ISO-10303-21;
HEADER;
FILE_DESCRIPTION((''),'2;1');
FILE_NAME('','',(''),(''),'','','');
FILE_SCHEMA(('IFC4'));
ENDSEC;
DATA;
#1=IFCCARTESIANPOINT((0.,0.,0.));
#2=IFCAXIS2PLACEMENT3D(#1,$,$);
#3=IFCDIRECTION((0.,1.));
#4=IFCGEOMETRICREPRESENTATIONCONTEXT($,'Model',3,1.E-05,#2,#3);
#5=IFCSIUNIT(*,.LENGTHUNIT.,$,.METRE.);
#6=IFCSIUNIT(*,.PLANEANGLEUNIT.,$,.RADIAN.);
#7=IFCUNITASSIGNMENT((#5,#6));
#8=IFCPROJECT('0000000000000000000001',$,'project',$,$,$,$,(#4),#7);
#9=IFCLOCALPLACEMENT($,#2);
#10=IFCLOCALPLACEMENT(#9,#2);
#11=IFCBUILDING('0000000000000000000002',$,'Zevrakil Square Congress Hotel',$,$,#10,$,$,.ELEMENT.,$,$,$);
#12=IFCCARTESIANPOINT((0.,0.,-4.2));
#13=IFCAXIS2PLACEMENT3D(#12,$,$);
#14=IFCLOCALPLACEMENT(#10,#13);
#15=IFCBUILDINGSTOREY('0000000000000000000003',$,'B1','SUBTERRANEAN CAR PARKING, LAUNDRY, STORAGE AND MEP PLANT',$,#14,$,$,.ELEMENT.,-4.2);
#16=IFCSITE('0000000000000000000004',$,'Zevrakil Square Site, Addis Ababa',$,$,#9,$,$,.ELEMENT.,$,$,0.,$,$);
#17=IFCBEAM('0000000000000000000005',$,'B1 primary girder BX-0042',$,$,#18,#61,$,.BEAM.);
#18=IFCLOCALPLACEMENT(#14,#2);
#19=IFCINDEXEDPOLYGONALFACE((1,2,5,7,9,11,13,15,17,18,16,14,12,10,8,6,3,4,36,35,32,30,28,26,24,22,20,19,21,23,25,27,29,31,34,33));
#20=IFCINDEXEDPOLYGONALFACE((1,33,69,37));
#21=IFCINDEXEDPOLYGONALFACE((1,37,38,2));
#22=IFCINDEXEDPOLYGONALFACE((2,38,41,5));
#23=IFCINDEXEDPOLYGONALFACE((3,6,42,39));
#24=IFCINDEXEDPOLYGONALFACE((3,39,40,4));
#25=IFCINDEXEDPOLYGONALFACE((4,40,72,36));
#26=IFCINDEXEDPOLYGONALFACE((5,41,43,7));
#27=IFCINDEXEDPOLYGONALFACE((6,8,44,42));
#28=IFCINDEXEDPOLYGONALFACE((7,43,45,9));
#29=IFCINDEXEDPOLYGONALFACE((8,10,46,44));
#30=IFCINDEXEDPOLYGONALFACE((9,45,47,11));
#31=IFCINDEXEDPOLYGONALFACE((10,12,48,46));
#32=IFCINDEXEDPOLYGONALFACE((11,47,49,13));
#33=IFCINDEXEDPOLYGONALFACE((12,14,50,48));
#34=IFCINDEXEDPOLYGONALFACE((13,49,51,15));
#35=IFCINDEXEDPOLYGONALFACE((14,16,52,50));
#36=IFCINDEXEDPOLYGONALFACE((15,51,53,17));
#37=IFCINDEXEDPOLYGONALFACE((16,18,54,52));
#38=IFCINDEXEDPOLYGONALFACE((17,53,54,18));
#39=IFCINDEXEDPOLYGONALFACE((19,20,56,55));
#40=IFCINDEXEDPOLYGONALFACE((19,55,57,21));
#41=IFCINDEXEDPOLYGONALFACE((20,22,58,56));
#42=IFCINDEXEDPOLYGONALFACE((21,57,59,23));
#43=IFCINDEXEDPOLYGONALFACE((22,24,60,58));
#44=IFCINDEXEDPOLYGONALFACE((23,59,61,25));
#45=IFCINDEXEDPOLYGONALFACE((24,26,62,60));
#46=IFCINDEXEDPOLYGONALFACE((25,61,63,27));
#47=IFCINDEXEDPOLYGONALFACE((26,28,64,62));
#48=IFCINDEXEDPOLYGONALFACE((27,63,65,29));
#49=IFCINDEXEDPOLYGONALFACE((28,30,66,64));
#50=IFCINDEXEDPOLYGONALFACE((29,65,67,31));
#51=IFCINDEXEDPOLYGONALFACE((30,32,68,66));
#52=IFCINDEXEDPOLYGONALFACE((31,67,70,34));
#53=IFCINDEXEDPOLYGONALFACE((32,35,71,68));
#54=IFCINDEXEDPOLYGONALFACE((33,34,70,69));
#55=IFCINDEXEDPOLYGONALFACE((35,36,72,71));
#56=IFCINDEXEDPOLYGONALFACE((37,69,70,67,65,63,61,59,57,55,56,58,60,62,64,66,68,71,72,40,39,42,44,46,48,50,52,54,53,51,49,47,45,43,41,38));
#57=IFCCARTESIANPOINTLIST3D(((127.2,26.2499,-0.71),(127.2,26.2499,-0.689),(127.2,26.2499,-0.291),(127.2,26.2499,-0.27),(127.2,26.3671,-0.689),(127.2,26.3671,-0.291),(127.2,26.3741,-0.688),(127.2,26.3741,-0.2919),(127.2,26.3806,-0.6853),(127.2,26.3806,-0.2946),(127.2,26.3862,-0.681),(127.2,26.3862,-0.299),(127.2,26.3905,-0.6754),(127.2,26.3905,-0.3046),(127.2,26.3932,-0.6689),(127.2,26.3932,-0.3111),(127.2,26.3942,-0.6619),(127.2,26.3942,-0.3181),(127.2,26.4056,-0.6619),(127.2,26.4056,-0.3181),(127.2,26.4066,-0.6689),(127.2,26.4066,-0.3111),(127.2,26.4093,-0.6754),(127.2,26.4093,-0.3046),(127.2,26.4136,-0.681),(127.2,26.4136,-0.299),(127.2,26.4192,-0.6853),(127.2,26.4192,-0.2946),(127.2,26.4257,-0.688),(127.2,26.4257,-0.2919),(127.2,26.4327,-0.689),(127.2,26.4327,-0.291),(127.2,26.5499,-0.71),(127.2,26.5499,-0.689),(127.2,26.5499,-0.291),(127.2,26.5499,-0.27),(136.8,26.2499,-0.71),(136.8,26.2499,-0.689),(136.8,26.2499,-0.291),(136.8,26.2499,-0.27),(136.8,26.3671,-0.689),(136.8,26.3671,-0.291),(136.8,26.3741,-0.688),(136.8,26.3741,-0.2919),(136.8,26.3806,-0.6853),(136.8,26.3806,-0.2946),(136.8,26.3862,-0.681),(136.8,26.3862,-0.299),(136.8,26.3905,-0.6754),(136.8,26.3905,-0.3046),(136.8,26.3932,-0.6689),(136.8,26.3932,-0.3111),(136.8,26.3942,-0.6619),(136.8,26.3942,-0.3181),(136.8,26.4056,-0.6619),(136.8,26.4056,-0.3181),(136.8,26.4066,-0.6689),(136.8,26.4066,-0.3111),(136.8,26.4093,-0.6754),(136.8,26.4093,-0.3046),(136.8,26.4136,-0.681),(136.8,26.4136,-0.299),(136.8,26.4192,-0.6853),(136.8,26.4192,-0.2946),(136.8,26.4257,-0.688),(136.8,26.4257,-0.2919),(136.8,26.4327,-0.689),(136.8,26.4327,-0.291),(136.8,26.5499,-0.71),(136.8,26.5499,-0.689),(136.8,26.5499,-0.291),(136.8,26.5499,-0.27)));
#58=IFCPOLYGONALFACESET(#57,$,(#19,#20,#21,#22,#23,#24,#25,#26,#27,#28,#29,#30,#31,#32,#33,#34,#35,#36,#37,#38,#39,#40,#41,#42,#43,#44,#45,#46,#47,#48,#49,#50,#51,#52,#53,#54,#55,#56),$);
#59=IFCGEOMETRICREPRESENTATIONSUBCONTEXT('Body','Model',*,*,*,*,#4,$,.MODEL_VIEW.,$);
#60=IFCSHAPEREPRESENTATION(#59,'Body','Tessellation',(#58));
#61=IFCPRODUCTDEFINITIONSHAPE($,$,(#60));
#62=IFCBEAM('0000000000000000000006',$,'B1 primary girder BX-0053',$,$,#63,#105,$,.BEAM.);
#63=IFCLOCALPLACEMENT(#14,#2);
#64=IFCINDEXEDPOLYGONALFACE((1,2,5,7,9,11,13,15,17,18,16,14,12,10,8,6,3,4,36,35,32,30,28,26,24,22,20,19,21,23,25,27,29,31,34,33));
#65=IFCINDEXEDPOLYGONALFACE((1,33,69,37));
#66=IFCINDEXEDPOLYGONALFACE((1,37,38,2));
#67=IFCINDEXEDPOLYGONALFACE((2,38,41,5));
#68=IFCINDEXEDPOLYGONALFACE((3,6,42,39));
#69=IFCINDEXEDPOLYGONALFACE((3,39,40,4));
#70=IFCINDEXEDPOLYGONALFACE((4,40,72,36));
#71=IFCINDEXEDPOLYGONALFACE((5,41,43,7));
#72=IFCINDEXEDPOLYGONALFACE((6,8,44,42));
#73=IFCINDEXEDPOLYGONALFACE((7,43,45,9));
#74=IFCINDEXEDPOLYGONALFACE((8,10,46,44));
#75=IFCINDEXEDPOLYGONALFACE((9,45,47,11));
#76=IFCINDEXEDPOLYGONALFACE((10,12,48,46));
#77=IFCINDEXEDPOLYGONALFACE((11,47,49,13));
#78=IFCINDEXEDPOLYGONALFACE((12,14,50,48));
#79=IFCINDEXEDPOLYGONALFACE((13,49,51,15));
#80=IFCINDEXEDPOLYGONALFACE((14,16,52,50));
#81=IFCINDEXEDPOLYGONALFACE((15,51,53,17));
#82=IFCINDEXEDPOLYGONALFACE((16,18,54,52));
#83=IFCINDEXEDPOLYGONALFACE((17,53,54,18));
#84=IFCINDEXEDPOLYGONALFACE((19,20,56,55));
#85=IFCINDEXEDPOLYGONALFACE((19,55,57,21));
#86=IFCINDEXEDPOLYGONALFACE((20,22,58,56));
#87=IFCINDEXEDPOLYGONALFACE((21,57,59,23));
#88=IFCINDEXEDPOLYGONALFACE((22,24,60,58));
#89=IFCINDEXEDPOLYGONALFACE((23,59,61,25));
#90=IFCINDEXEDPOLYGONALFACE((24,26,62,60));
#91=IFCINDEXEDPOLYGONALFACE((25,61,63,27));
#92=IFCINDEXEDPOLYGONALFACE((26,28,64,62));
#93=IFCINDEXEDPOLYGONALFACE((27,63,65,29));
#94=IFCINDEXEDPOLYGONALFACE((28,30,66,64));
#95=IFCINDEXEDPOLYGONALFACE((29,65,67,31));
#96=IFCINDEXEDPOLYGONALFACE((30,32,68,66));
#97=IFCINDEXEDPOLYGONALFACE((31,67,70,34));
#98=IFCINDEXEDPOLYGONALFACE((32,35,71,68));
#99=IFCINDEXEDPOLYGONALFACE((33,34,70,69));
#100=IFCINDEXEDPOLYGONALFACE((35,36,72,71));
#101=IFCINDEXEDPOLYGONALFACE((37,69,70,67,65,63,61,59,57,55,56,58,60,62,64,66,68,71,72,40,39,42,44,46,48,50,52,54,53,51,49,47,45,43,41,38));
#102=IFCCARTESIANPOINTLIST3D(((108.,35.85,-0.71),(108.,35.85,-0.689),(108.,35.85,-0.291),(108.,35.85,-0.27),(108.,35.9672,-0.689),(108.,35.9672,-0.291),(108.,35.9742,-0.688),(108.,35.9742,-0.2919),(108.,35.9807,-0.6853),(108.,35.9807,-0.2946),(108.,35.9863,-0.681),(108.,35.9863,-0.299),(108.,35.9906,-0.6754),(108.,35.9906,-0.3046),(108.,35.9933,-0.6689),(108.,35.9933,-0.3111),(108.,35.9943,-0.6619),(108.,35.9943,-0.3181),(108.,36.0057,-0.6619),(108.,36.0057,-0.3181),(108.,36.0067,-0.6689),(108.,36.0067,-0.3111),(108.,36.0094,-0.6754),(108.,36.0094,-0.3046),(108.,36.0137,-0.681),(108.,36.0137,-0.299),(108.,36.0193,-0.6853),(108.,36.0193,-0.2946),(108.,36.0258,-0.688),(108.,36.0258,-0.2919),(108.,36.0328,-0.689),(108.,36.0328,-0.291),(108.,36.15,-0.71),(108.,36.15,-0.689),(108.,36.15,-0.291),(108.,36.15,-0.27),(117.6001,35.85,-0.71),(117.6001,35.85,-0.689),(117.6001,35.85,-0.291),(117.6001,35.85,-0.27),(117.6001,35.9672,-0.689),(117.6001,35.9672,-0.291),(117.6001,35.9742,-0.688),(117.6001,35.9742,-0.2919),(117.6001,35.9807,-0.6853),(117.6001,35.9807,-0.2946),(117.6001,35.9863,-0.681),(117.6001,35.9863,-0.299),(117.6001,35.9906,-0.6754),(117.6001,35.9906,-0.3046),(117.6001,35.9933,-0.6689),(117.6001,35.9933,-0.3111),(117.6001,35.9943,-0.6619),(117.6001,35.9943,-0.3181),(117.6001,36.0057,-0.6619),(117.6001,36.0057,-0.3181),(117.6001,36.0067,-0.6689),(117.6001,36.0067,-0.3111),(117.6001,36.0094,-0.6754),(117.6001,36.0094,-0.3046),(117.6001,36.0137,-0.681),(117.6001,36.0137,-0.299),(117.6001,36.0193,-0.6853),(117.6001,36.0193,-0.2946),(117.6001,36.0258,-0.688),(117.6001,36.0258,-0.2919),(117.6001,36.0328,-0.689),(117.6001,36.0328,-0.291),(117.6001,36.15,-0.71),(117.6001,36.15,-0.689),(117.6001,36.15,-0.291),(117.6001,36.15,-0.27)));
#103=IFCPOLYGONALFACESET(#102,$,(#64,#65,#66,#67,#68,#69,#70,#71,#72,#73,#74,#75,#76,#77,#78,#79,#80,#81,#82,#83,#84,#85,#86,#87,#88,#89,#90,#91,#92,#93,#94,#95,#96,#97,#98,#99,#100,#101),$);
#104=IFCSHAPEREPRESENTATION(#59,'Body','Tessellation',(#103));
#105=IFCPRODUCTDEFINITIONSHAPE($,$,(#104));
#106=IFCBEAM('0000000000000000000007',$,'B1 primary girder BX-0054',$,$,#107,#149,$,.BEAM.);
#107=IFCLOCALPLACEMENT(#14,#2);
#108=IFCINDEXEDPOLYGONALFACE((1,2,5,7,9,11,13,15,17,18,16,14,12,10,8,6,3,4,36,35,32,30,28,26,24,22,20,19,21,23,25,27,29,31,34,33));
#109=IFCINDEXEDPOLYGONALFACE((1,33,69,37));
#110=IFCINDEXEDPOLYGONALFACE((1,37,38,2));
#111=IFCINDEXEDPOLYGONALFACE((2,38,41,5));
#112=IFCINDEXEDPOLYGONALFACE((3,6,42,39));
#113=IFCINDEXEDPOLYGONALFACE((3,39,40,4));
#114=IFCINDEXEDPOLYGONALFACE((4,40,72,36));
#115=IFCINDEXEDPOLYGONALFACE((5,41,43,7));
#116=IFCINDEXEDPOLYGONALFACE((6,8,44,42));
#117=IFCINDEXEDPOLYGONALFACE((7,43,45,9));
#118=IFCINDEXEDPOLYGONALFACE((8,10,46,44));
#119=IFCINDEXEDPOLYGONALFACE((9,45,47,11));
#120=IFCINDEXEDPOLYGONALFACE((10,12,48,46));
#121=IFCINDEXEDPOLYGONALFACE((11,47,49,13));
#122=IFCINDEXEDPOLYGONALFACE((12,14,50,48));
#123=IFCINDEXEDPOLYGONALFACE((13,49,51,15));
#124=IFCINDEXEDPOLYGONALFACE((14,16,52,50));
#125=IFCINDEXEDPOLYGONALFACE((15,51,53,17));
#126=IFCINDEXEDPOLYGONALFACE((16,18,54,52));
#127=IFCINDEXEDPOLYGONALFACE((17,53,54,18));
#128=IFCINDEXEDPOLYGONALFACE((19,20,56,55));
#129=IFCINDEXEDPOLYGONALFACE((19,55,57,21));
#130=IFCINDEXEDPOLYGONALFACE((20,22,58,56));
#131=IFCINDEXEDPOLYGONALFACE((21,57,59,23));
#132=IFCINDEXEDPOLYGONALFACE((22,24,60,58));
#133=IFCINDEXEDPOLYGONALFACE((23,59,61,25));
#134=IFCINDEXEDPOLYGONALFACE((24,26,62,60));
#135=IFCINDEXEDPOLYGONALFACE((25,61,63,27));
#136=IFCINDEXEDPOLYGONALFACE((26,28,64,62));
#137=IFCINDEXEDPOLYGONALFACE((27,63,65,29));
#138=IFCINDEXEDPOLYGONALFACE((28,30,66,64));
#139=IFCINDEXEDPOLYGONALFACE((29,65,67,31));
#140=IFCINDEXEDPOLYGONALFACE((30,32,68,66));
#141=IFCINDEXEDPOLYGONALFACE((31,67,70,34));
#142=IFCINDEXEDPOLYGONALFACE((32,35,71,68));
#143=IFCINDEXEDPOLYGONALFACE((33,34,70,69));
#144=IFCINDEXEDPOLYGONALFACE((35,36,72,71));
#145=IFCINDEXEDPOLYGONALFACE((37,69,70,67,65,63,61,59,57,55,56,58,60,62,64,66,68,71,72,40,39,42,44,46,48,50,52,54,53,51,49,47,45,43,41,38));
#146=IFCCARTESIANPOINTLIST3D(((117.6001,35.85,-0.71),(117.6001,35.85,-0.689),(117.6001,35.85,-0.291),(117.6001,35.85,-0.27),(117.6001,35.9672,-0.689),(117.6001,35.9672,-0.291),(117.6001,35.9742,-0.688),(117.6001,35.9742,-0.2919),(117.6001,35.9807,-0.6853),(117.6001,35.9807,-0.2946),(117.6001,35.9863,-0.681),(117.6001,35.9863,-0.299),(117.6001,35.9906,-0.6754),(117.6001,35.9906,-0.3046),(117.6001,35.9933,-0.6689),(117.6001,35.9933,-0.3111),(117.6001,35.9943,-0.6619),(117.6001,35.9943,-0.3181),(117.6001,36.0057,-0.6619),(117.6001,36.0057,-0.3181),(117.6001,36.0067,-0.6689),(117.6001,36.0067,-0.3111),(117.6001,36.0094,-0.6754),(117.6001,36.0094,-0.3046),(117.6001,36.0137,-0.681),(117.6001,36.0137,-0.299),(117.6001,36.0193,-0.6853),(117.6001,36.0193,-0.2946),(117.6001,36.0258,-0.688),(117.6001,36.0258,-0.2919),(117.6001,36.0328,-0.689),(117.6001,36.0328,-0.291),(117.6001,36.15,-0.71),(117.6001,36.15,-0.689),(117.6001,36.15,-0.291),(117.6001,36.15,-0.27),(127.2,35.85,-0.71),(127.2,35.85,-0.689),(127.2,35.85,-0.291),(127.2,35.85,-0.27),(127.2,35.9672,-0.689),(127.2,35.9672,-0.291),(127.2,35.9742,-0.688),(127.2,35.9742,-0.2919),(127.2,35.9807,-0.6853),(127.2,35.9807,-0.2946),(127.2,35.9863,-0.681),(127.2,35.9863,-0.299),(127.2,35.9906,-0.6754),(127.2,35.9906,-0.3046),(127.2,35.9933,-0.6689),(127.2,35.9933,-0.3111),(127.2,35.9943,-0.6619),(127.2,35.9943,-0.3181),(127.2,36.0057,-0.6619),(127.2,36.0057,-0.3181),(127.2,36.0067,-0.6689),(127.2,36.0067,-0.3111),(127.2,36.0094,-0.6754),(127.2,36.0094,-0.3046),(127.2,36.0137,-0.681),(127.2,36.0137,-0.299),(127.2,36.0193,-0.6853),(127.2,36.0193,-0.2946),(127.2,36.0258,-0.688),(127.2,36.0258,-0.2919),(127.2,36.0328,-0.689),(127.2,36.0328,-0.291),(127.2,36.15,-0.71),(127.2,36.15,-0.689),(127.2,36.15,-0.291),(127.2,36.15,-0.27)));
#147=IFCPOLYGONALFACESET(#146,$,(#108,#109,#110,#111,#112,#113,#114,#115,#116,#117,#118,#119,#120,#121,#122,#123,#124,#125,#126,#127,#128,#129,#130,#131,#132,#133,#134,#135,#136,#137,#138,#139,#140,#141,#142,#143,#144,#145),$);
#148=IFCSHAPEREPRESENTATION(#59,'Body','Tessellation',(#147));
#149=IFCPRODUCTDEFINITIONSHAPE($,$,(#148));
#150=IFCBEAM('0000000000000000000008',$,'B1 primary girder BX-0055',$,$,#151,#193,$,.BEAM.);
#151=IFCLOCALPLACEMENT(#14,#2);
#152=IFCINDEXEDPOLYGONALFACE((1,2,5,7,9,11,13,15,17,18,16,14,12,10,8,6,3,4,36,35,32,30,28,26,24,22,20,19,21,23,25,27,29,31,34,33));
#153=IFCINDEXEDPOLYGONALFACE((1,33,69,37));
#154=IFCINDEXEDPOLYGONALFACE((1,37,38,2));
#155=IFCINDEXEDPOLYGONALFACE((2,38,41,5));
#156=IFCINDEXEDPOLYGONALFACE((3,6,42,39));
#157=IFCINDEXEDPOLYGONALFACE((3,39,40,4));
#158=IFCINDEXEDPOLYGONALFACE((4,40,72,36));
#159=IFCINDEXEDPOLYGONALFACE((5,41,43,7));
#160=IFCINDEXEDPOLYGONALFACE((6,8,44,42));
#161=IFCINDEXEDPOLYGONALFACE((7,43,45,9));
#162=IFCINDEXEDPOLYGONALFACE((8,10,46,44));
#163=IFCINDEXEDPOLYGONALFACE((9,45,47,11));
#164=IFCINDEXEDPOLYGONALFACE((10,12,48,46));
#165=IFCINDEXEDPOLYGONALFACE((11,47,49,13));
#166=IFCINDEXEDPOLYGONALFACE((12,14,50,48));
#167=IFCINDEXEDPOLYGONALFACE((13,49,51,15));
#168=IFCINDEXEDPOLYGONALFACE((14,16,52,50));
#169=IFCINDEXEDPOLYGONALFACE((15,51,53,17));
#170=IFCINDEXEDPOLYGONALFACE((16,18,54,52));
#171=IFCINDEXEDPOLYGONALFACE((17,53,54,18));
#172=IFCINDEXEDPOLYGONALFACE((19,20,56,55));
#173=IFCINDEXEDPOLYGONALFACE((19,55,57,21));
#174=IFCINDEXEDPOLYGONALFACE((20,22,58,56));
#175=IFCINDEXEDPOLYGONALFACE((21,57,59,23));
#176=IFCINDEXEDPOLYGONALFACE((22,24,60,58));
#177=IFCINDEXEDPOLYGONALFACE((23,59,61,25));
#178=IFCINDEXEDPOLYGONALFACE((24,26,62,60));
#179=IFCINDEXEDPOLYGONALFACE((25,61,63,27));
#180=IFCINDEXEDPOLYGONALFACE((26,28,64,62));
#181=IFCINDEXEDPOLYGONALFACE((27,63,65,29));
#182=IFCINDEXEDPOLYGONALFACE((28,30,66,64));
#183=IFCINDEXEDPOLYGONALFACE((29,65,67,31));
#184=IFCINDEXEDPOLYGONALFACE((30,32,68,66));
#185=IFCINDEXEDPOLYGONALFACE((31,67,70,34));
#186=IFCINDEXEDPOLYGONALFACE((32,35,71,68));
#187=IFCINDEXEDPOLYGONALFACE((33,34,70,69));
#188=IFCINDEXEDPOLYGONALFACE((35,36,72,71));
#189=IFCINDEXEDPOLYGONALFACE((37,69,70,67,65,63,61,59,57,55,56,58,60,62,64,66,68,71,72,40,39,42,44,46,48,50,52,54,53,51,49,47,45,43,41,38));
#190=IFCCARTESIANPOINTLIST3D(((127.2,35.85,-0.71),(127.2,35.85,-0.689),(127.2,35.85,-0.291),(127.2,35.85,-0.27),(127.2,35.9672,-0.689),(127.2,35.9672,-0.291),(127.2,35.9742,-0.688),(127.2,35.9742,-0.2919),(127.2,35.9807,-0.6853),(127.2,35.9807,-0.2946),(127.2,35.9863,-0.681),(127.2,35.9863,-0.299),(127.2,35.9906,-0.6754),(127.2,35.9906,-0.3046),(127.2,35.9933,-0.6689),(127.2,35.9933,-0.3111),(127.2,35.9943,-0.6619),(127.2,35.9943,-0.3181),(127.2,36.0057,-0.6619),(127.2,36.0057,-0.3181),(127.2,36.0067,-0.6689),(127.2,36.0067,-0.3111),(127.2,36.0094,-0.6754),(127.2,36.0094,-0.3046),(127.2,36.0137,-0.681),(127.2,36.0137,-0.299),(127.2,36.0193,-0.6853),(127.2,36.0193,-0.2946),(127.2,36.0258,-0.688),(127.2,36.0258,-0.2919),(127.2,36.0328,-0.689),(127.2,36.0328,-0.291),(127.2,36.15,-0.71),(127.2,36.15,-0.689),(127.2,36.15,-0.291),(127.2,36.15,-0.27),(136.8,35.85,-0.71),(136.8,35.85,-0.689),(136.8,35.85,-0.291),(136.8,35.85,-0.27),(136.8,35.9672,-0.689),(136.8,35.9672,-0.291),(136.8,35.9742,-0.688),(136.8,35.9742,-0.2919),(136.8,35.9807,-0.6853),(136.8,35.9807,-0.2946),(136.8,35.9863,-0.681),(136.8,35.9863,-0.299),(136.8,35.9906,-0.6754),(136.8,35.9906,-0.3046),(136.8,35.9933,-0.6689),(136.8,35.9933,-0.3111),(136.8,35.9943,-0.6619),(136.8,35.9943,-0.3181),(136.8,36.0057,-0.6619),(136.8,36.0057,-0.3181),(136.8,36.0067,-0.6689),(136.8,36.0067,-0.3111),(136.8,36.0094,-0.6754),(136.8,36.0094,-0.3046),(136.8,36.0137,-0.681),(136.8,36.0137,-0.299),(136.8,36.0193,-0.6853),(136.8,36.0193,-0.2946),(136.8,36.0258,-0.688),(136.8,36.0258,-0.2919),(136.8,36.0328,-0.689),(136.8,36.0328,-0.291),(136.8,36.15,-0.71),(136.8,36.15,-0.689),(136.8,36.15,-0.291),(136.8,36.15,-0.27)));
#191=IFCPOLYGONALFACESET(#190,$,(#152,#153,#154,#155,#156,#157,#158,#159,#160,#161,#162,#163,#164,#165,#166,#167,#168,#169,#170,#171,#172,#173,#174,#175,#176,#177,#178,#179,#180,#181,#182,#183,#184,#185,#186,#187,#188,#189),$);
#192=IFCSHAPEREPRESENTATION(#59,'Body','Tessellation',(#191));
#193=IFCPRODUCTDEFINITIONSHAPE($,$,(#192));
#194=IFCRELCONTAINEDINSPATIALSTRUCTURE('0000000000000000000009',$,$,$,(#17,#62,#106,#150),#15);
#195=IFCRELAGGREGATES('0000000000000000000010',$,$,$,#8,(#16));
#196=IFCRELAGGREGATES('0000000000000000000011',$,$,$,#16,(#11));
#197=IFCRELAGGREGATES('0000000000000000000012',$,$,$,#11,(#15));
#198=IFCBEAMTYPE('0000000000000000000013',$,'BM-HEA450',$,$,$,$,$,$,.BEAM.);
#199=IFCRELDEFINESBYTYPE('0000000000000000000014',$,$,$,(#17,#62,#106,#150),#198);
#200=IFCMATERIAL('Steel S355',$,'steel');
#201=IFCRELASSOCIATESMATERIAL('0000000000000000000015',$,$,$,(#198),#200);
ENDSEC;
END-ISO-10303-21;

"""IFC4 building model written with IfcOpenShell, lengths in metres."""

from ifc_helpers import new_model, si_unit, direction, frame, origin, origin_2d, place, context, subcontext, project, spatial, i_section, extrude, material, material_profile, profile_set, type_object, element, save


model = new_model("IFC4")

# Units and contexts
model_context = context("Model", 3, precision=1e-05, world=origin(), true_north=direction((0.0, 1.0)))
body_context = subcontext(model_context, "Body", "Model", "MODEL_VIEW")
ifc_project = project(units=[si_unit("LENGTHUNIT", "METRE"), si_unit("PLANEANGLEUNIT", "RADIAN")], contexts=[model_context])

# Site, building, storey
site_placement = place(None, origin())
site = spatial("IfcSite", under=ifc_project, at=site_placement, Name="Zevrakil Square Site, Addis Ababa", CompositionType="ELEMENT", RefElevation=0.0)
building_placement = place(site_placement, origin())
building = spatial("IfcBuilding", under=site, at=building_placement, Name="Zevrakil Square Congress Hotel", CompositionType="ELEMENT")
storey_placement = place(building_placement, frame((0.0, 0.0, -4.2)))
storey = spatial("IfcBuildingStorey", under=building, at=storey_placement, Name="B1", Description="SUBTERRANEAN CAR PARKING, LAUNDRY, STORAGE AND MEP PLANT", CompositionType="ELEMENT", Elevation=-4.2)

# Beams
ifc_material_1 = material(Name="Steel S355", Category="steel")
ifc_material_profile_1 = material_profile(ifc_material_1, i_section(OverallWidth=0.3, OverallDepth=0.4399, WebThickness=0.0115, FlangeThickness=0.021, FilletRadius=0.0271, at=origin_2d()), Name="HEA 450")
ifc_profile_set_1 = profile_set([ifc_material_profile_1], Name="Steel S355")
beam_type_1 = type_object("IfcBeamType", Name="BM-HEA450", PredefinedType="BEAM", material=ifc_profile_set_1)
for number, where, z_axis, x_axis, name in (
    (1, (127.2, 26.3999, -0.49), (1.0, 0.0, 0.0), (0.0, 1.0, 0.0), "B1 primary girder BX-0042"),
    (2, (108.0, 36.0, -0.49), (1.0, 0.0, 0.0), (0.0, 1.0, 0.0), "B1 primary girder BX-0053"),
):
    element("IfcBeam", number, at=place(storey_placement, frame(where, z_axis=z_axis, x_axis=x_axis)), inside=storey, type_object=beam_type_1, Name=name, PredefinedType="BEAM", context=body_context, shape_type="SweptSolid", body=[
        extrude(i_section(OverallWidth=0.3, OverallDepth=0.4399, WebThickness=0.0115, FlangeThickness=0.021, FilletRadius=0.0271, at=origin_2d()), origin(), (0.0, 0.0, 1.0), 9.6001),
    ])
beam_1_placement = place(storey_placement, frame((117.6001, 36.0, -0.49), z_axis=(1.0, 0.0, 0.0), x_axis=(0.0, 1.0, 0.0)))
element("IfcBeam", 3, at=beam_1_placement, inside=storey, type_object=beam_type_1, Name="B1 primary girder BX-0054", PredefinedType="BEAM", context=body_context, shape_type="SweptSolid", body=[
    extrude(i_section(OverallWidth=0.3, OverallDepth=0.4399, WebThickness=0.0115, FlangeThickness=0.021, FilletRadius=0.0271, at=origin_2d()), origin(), (0.0, 0.0, 1.0), 9.5999),
])
beam_2_placement = place(storey_placement, frame((127.2, 36.0, -0.49), z_axis=(1.0, 0.0, 0.0), x_axis=(0.0, 1.0, 0.0)))
element("IfcBeam", 4, at=beam_2_placement, inside=storey, type_object=beam_type_1, Name="B1 primary girder BX-0055", PredefinedType="BEAM", context=body_context, shape_type="SweptSolid", body=[
    extrude(i_section(OverallWidth=0.3, OverallDepth=0.4399, WebThickness=0.0115, FlangeThickness=0.021, FilletRadius=0.0271, at=origin_2d()), origin(), (0.0, 0.0, 1.0), 9.6001),
])

save(model, "model.ifc")
